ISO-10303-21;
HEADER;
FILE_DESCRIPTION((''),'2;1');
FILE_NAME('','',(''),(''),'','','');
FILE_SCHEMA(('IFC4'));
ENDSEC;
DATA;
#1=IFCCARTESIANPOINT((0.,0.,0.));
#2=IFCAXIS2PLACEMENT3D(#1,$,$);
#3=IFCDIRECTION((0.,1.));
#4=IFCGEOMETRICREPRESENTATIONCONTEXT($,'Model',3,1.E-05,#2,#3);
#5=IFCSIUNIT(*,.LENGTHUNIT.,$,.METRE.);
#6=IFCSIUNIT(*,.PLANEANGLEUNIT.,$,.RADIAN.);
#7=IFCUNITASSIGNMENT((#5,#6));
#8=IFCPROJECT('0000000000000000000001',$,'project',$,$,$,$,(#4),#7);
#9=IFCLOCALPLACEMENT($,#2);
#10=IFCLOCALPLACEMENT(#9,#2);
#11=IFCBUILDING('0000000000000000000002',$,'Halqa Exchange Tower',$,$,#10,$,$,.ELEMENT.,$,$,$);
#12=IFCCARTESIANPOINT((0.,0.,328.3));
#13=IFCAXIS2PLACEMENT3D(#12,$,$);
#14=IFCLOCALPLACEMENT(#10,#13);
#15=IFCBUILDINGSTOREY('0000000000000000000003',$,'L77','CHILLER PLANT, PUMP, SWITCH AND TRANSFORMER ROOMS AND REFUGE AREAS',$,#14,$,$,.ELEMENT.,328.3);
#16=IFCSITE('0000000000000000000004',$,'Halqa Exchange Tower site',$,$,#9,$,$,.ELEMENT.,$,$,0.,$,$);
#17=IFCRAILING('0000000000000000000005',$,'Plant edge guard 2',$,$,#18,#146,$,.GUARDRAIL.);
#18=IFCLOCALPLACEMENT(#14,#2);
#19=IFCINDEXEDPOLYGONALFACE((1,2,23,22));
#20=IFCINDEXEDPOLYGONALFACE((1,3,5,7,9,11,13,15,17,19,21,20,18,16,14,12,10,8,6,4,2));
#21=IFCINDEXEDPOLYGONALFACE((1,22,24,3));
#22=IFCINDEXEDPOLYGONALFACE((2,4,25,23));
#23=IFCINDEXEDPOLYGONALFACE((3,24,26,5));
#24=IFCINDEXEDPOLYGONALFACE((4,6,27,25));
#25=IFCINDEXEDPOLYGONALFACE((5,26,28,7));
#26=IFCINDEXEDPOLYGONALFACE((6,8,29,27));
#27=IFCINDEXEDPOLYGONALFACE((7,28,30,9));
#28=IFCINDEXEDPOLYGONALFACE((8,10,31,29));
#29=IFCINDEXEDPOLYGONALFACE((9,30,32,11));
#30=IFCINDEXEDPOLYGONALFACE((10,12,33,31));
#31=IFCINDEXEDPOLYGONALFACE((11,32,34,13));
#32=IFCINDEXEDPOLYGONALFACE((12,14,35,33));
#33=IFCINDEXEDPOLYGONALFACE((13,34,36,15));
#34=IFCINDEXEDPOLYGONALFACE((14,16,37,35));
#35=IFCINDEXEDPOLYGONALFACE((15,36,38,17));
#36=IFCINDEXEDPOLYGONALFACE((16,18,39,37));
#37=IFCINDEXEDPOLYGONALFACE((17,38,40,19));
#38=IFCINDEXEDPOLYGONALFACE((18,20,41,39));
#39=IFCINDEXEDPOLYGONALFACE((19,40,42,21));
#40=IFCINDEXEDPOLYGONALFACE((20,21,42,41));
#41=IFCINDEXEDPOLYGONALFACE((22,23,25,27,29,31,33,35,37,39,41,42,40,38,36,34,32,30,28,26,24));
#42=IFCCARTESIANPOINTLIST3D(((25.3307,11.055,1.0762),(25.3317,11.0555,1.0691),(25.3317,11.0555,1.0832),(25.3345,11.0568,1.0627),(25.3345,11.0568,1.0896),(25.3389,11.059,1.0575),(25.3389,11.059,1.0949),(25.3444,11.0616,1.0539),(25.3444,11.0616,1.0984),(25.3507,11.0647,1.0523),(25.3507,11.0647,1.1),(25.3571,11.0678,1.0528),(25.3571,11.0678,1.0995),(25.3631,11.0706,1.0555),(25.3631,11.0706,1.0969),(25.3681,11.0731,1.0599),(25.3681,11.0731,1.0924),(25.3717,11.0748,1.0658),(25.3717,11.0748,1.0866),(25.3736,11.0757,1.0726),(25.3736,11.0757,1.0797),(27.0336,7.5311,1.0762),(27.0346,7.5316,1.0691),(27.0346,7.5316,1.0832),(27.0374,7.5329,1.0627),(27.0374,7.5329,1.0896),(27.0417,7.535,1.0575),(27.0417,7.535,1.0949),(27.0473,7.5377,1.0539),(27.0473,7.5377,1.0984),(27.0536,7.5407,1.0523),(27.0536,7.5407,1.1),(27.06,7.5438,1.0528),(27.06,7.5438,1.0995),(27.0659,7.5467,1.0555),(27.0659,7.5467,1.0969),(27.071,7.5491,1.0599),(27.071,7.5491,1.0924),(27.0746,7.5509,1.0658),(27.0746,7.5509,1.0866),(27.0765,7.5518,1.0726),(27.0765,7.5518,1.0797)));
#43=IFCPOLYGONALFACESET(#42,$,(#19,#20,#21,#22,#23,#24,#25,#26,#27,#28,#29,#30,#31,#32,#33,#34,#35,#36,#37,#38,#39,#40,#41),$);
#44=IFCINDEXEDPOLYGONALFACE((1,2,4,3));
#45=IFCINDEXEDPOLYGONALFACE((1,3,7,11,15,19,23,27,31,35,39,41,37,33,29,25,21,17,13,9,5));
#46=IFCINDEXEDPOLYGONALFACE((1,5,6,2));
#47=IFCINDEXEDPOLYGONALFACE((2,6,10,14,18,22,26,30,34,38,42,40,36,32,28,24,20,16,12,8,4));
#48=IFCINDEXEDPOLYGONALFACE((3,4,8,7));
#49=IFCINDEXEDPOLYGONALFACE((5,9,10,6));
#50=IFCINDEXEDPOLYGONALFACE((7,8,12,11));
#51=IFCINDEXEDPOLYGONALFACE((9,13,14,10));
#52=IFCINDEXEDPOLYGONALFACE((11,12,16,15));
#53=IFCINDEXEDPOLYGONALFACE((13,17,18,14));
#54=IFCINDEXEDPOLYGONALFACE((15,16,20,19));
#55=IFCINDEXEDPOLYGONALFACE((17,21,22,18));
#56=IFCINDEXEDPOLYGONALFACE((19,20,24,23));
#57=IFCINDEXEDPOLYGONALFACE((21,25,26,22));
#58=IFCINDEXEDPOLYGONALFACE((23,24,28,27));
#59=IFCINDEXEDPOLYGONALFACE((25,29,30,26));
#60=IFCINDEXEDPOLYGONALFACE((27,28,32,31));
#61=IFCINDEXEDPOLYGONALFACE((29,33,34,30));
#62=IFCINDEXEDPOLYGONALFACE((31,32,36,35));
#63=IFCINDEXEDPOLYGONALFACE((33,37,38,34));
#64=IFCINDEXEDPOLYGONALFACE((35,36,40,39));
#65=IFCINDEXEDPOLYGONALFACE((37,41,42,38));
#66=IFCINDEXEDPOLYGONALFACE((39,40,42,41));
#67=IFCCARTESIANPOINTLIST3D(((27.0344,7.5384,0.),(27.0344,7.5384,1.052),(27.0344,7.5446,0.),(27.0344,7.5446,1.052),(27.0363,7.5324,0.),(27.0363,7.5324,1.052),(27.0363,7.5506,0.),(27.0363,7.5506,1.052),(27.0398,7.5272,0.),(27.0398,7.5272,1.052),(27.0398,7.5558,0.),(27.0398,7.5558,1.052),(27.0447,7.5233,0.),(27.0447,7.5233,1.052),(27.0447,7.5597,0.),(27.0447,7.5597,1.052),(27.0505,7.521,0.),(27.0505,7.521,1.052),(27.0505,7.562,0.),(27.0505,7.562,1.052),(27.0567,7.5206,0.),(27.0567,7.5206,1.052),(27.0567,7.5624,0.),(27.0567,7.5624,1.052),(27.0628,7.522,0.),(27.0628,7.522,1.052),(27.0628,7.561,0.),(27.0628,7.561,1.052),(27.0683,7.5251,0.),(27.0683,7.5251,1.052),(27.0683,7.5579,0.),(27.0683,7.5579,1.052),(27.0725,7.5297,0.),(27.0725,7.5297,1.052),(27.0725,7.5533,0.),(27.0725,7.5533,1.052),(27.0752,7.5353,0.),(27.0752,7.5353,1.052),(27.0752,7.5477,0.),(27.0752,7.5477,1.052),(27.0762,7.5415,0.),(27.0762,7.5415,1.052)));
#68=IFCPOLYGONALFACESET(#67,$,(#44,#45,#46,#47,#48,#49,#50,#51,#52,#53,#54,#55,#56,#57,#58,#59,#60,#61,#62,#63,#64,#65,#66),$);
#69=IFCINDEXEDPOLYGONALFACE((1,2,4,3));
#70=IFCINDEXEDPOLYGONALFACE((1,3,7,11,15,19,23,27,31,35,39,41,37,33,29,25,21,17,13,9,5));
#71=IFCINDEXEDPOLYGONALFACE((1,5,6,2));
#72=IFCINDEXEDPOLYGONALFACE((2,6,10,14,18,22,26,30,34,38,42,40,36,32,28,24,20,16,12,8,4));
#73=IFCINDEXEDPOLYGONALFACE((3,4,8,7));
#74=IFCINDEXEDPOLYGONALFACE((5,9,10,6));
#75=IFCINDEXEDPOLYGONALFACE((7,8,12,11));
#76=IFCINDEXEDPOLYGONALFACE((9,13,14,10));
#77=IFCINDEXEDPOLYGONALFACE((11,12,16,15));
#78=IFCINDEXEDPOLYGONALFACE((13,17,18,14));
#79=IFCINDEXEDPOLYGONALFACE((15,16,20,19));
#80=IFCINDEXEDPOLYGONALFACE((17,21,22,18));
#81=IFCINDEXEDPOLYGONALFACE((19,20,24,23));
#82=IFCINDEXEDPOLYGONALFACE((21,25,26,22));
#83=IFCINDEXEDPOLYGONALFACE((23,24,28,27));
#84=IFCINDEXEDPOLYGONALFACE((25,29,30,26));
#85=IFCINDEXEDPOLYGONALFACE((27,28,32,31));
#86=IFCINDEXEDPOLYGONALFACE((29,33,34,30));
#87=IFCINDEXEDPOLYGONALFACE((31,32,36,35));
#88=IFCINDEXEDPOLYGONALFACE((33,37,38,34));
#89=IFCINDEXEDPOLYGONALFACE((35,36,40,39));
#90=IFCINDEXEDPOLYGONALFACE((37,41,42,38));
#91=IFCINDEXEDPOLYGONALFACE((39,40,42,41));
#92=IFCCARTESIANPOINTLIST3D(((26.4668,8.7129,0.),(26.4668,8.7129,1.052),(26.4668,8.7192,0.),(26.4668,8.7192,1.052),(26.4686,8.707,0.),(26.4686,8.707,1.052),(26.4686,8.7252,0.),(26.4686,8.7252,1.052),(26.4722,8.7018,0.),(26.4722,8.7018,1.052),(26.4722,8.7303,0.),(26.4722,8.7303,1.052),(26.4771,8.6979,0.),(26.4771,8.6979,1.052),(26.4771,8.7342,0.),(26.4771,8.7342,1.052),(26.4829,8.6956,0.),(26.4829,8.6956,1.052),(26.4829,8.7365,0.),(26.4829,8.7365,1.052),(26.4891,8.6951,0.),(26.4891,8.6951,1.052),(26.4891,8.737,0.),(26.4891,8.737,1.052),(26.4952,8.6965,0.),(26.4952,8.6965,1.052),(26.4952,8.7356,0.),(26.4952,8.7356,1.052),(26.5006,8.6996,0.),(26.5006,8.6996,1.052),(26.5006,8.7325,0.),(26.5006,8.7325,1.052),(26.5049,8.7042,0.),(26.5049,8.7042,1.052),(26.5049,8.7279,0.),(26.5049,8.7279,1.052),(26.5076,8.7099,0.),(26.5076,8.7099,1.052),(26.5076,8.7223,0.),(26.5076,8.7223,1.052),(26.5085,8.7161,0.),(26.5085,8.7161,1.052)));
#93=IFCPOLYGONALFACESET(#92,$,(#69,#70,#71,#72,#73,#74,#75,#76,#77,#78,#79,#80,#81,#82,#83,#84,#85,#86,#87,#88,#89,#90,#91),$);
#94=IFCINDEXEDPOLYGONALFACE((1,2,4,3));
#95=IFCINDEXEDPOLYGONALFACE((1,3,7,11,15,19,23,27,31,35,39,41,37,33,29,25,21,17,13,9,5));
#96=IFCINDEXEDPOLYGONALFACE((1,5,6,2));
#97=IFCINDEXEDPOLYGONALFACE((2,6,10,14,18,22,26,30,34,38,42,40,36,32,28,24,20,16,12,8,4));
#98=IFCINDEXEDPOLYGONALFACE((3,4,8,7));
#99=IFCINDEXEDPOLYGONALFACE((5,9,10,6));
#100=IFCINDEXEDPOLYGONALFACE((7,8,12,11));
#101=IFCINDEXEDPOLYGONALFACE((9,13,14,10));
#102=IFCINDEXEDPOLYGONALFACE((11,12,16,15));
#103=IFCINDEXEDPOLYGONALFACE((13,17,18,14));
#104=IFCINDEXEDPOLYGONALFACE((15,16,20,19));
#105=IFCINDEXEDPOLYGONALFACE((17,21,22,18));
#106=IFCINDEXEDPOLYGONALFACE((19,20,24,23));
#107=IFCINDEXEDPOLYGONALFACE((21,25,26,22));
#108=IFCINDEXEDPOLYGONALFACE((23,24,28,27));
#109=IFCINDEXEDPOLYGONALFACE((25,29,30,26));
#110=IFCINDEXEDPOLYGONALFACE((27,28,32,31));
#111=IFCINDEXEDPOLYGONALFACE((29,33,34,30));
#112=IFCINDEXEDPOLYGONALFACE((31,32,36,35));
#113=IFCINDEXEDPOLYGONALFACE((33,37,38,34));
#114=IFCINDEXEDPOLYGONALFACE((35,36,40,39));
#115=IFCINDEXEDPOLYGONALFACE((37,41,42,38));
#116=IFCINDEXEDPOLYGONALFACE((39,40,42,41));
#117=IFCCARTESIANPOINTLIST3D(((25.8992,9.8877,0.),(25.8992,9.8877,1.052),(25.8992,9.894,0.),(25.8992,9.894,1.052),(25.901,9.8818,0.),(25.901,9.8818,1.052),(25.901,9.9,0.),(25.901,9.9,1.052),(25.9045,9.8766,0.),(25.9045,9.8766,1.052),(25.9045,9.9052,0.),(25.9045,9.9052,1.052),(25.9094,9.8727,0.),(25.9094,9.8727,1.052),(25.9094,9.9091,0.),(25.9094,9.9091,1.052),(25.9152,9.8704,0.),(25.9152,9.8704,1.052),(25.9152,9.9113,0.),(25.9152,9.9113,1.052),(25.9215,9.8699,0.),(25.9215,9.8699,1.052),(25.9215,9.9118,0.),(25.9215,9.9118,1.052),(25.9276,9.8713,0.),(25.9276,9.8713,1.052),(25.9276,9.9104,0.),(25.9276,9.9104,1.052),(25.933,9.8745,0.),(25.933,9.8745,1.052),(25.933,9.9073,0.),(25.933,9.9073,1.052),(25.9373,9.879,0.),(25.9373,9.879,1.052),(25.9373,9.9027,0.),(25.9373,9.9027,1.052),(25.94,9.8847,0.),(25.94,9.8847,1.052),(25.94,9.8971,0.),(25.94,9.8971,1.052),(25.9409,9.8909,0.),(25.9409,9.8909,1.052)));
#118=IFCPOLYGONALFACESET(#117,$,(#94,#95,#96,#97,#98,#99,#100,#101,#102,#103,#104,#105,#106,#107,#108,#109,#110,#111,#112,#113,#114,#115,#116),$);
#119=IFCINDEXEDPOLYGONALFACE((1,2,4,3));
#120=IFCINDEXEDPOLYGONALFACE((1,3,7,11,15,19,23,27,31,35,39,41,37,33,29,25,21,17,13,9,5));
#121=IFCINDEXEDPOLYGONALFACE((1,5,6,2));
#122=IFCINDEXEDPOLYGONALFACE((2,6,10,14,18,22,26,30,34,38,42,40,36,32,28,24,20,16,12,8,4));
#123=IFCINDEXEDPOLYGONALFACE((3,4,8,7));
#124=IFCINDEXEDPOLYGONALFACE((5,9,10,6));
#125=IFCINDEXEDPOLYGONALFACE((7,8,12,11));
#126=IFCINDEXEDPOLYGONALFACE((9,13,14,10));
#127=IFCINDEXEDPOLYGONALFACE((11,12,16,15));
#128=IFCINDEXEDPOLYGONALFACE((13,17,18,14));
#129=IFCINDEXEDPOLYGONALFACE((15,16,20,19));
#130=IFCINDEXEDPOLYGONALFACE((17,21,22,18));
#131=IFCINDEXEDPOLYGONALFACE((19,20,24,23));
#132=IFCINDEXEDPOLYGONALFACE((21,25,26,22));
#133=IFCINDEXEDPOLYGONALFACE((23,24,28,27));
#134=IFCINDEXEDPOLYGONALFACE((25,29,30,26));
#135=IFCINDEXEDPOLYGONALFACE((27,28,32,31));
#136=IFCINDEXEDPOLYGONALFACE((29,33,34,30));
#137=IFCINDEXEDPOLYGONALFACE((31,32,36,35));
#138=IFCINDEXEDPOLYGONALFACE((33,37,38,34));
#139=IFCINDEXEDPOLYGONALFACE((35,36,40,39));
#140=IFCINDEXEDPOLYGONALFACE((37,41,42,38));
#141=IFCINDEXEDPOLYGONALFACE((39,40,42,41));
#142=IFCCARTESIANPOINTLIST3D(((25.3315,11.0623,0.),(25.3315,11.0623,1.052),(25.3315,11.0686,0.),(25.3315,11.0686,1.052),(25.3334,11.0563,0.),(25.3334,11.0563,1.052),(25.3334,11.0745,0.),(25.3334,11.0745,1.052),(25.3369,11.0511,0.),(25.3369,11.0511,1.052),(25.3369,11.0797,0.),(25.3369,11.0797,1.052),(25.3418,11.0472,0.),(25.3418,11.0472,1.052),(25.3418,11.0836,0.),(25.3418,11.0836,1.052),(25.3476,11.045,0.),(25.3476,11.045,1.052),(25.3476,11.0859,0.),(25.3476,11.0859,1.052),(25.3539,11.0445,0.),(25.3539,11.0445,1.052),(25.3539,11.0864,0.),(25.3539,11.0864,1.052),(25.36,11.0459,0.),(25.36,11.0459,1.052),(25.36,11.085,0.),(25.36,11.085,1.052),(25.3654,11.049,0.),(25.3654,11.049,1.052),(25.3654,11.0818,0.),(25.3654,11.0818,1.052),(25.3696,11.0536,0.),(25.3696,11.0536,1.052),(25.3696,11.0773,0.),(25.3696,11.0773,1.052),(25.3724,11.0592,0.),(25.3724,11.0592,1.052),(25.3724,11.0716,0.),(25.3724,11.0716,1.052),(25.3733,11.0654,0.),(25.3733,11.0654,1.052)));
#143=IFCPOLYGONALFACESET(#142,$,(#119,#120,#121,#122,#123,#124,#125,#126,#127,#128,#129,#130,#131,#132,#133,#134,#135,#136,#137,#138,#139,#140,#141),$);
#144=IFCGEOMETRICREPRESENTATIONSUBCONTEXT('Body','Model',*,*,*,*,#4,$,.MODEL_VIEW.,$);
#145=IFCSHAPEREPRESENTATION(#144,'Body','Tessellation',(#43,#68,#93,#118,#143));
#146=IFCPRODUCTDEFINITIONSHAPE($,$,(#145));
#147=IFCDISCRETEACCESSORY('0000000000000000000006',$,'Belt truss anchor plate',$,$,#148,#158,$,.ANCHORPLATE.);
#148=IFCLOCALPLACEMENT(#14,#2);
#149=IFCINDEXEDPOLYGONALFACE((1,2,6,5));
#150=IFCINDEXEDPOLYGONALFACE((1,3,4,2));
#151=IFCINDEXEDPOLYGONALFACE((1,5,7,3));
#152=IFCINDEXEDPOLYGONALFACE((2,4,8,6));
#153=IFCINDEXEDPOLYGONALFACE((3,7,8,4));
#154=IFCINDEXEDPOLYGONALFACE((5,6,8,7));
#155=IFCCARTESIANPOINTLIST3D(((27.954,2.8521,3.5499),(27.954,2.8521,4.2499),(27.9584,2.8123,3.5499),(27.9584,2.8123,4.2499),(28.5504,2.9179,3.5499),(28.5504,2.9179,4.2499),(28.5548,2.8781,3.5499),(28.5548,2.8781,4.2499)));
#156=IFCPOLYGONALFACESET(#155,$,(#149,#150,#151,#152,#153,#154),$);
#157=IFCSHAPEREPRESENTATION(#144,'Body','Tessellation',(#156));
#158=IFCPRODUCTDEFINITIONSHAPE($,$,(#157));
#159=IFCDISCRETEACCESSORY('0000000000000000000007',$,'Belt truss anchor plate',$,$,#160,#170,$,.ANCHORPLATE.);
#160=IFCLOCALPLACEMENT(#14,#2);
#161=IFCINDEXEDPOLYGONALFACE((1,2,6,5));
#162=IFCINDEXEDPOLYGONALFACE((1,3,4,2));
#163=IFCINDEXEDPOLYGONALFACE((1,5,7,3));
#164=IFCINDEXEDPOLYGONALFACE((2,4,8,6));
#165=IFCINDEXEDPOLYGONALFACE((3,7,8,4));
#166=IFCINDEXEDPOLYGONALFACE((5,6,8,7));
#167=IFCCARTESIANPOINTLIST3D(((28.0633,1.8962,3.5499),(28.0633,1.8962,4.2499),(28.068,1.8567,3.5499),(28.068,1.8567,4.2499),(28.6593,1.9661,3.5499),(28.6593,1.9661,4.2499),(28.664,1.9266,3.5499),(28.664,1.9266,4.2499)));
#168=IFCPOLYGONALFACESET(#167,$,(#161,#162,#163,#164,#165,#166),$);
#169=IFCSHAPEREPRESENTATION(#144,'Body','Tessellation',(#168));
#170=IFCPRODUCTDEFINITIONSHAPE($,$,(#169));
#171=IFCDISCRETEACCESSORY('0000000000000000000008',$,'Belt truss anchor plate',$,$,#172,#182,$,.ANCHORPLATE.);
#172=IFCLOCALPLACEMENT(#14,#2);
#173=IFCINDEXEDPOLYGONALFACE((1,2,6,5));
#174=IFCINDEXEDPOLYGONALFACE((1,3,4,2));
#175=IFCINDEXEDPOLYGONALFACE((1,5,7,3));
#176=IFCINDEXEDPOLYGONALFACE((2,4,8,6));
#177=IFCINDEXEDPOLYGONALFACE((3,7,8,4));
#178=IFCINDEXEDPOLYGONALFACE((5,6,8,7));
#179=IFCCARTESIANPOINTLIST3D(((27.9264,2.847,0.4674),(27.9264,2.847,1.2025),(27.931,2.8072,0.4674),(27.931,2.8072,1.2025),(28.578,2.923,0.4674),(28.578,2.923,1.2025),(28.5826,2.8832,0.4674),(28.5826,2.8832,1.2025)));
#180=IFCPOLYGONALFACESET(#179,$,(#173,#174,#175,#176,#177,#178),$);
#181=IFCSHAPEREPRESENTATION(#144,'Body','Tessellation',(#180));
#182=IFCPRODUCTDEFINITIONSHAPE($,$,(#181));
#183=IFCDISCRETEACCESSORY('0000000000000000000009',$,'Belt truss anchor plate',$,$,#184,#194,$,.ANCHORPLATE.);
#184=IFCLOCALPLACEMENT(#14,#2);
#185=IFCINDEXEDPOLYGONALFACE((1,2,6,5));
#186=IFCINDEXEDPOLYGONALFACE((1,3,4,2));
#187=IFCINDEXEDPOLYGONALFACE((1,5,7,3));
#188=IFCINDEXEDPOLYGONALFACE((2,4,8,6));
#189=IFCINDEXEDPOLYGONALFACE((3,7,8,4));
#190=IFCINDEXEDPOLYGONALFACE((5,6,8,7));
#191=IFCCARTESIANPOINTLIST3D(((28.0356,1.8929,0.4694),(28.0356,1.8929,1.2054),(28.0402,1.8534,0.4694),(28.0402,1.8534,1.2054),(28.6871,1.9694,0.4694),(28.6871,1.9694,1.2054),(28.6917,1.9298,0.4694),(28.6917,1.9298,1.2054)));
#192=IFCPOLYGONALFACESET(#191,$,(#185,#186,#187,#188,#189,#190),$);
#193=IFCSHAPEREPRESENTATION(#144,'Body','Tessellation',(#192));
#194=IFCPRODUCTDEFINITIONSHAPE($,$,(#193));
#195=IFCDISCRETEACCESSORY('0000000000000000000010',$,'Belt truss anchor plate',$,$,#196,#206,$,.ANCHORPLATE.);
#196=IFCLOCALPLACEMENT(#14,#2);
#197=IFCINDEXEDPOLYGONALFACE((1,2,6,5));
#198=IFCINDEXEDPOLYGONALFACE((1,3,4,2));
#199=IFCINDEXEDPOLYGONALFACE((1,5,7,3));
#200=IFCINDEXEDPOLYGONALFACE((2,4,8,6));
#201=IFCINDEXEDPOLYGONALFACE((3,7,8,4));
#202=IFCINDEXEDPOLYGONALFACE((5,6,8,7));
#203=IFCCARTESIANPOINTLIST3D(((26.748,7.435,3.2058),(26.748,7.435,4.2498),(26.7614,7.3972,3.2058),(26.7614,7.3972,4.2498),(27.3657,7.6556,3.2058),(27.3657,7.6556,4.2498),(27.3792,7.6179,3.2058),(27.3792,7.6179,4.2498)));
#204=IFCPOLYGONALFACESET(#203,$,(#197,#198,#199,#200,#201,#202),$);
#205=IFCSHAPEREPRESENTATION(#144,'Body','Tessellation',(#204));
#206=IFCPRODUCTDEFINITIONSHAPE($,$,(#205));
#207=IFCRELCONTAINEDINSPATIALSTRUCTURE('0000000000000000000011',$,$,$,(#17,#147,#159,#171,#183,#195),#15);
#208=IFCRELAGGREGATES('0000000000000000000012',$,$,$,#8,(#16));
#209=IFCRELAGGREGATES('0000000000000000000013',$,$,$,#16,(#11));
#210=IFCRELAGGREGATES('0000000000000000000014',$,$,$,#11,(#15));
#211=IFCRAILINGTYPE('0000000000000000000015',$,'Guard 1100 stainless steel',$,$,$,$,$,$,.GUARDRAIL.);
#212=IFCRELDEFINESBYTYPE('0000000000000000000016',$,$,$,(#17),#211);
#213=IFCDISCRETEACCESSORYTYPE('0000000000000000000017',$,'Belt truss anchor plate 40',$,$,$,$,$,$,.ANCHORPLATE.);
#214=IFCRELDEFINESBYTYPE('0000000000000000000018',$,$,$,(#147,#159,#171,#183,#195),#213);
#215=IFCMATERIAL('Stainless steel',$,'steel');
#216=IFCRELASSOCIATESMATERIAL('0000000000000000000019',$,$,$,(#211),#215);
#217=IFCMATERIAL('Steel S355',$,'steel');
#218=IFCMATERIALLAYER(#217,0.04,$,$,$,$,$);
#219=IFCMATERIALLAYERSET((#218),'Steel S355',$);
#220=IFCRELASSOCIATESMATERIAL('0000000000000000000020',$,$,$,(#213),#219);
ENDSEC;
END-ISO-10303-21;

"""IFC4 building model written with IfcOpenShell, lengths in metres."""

from ifc_helpers import new_model, si_unit, direction, frame, origin, origin_2d, place, context, subcontext, project, spatial, rectangle, circle, extrude, material, layer, layer_set, type_object, element, save


model = new_model("IFC4")

# Units and contexts
model_context = context("Model", 3, precision=1e-05, world=origin(), true_north=direction((0.0, 1.0)))
body_context = subcontext(model_context, "Body", "Model", "MODEL_VIEW")
ifc_project = project(units=[si_unit("LENGTHUNIT", "METRE"), si_unit("PLANEANGLEUNIT", "RADIAN")], contexts=[model_context])

# Site, building, storey
site_placement = place(None, origin())
site = spatial("IfcSite", under=ifc_project, at=site_placement, Name="Halqa Exchange Tower site", CompositionType="ELEMENT", RefElevation=0.0)
building_placement = place(site_placement, origin())
building = spatial("IfcBuilding", under=site, at=building_placement, Name="Halqa Exchange Tower", CompositionType="ELEMENT")
storey_placement = place(building_placement, frame((0.0, 0.0, 328.3)))
storey = spatial("IfcBuildingStorey", under=building, at=storey_placement, Name="L77", Description="CHILLER PLANT, PUMP, SWITCH AND TRANSFORMER ROOMS AND REFUGE AREAS", CompositionType="ELEMENT", Elevation=328.3)

# Shared definitions
ifc_material_1 = material(Name="Steel S355", Category="steel")

# Railing
ifc_material_2 = material(Name="Stainless steel", Category="steel")
railing_type = type_object("IfcRailingType", Name="Guard 1100 stainless steel", PredefinedType="GUARDRAIL", material=ifc_material_2)
railing_1_placement = place(storey_placement, frame((27.0552, 7.5415, 0.0)))
element("IfcRailing", 1, at=railing_1_placement, inside=storey, type_object=railing_type, Name="Plant edge guard 2", PredefinedType="GUARDRAIL", context=body_context, shape_type="SweptSolid", body=[
    extrude(circle(Radius=0.0239, at=origin_2d()), frame((0.0, 0.0, 1.0762), z_axis=(-0.435096, 0.900384, 0.0), x_axis=(-0.900384, -0.435096, 0.0)), (0.0, 0.0, 1.0), 3.9138),
    extrude(circle(Radius=0.021, at=origin_2d()), origin(), (0.0, 0.0, 1.0), 1.052),
    extrude(circle(Radius=0.021, at=origin_2d()), frame((-0.5676, 1.1746, 0.0)), (0.0, 0.0, 1.0), 1.052),
    extrude(circle(Radius=0.021, at=origin_2d()), frame((-1.1353, 2.3494, 0.0)), (0.0, 0.0, 1.0), 1.052),
    extrude(circle(Radius=0.021, at=origin_2d()), frame((-1.7029, 3.5239, 0.0)), (0.0, 0.0, 1.0), 1.052),
])

# Discrete accessories
ifc_layer_1 = layer(ifc_material_1, 0.04)
ifc_layer_set_1 = layer_set([ifc_layer_1], Name="Steel S355")
discrete_accessory_type = type_object("IfcDiscreteAccessoryType", Name="Belt truss anchor plate 40", PredefinedType="ANCHORPLATE", material=ifc_layer_set_1)
discrete_accessory_1_placement = place(storey_placement, frame((28.2566, 2.8452, 3.8999), z_axis=(-0.109762, 0.993958, 0.0), x_axis=(-0.993958, -0.109762, 0.0)))
element("IfcDiscreteAccessory", 2, at=discrete_accessory_1_placement, inside=storey, type_object=discrete_accessory_type, Name="Belt truss anchor plate", PredefinedType="ANCHORPLATE", context=body_context, shape_type="SweptSolid", body=[
    extrude(rectangle(XDim=0.6001, YDim=0.7, at=origin_2d()), origin(), (0.0, 0.0, 1.0), 0.04),
])
discrete_accessory_2_placement = place(storey_placement, frame((28.3613, 1.9312, 3.8999), z_axis=(0.116486, -0.993192, 0.0), x_axis=(0.993192, 0.116486, 0.0)))
element("IfcDiscreteAccessory", 3, at=discrete_accessory_2_placement, inside=storey, type_object=discrete_accessory_type, Name="Belt truss anchor plate", PredefinedType="ANCHORPLATE", context=body_context, shape_type="SweptSolid", body=[
    extrude(rectangle(XDim=0.6001, YDim=0.7, at=origin_2d()), origin(), (0.0, 0.0, 1.0), 0.0398),
])
discrete_accessory_3_placement = place(storey_placement, frame((28.2568, 2.8452, 0.835), z_axis=(-0.115781, 0.993275, 0.0), x_axis=(-0.993275, -0.115781, 0.0)))
element("IfcDiscreteAccessory", 4, at=discrete_accessory_3_placement, inside=storey, type_object=discrete_accessory_type, Name="Belt truss anchor plate", PredefinedType="ANCHORPLATE", context=body_context, shape_type="SweptSolid", body=[
    extrude(rectangle(XDim=0.656, YDim=0.7351, at=origin_2d()), origin(), (0.0, 0.0, 1.0), 0.04),
])
discrete_accessory_4_placement = place(storey_placement, frame((28.3613, 1.9312, 0.8374), z_axis=(0.116486, -0.993192, 0.0), x_axis=(0.993192, 0.116486, 0.0)))
element("IfcDiscreteAccessory", 5, at=discrete_accessory_4_placement, inside=storey, type_object=discrete_accessory_type, Name="Belt truss anchor plate", PredefinedType="ANCHORPLATE", context=body_context, shape_type="SweptSolid", body=[
    extrude(rectangle(XDim=0.656, YDim=0.7361, at=origin_2d()), origin(), (0.0, 0.0, 1.0), 0.0398),
])
discrete_accessory_5_placement = place(storey_placement, frame((27.0703, 7.5076, 3.7278), z_axis=(-0.336336, 0.941742, 0.0), x_axis=(-0.941742, -0.336336, 0.0)))
element("IfcDiscreteAccessory", 6, at=discrete_accessory_5_placement, inside=storey, type_object=discrete_accessory_type, Name="Belt truss anchor plate", PredefinedType="ANCHORPLATE", context=body_context, shape_type="SweptSolid", body=[
    extrude(rectangle(XDim=0.656, YDim=1.0439, at=origin_2d()), origin(), (0.0, 0.0, 1.0), 0.04),
])

save(model, "model.ifc")
